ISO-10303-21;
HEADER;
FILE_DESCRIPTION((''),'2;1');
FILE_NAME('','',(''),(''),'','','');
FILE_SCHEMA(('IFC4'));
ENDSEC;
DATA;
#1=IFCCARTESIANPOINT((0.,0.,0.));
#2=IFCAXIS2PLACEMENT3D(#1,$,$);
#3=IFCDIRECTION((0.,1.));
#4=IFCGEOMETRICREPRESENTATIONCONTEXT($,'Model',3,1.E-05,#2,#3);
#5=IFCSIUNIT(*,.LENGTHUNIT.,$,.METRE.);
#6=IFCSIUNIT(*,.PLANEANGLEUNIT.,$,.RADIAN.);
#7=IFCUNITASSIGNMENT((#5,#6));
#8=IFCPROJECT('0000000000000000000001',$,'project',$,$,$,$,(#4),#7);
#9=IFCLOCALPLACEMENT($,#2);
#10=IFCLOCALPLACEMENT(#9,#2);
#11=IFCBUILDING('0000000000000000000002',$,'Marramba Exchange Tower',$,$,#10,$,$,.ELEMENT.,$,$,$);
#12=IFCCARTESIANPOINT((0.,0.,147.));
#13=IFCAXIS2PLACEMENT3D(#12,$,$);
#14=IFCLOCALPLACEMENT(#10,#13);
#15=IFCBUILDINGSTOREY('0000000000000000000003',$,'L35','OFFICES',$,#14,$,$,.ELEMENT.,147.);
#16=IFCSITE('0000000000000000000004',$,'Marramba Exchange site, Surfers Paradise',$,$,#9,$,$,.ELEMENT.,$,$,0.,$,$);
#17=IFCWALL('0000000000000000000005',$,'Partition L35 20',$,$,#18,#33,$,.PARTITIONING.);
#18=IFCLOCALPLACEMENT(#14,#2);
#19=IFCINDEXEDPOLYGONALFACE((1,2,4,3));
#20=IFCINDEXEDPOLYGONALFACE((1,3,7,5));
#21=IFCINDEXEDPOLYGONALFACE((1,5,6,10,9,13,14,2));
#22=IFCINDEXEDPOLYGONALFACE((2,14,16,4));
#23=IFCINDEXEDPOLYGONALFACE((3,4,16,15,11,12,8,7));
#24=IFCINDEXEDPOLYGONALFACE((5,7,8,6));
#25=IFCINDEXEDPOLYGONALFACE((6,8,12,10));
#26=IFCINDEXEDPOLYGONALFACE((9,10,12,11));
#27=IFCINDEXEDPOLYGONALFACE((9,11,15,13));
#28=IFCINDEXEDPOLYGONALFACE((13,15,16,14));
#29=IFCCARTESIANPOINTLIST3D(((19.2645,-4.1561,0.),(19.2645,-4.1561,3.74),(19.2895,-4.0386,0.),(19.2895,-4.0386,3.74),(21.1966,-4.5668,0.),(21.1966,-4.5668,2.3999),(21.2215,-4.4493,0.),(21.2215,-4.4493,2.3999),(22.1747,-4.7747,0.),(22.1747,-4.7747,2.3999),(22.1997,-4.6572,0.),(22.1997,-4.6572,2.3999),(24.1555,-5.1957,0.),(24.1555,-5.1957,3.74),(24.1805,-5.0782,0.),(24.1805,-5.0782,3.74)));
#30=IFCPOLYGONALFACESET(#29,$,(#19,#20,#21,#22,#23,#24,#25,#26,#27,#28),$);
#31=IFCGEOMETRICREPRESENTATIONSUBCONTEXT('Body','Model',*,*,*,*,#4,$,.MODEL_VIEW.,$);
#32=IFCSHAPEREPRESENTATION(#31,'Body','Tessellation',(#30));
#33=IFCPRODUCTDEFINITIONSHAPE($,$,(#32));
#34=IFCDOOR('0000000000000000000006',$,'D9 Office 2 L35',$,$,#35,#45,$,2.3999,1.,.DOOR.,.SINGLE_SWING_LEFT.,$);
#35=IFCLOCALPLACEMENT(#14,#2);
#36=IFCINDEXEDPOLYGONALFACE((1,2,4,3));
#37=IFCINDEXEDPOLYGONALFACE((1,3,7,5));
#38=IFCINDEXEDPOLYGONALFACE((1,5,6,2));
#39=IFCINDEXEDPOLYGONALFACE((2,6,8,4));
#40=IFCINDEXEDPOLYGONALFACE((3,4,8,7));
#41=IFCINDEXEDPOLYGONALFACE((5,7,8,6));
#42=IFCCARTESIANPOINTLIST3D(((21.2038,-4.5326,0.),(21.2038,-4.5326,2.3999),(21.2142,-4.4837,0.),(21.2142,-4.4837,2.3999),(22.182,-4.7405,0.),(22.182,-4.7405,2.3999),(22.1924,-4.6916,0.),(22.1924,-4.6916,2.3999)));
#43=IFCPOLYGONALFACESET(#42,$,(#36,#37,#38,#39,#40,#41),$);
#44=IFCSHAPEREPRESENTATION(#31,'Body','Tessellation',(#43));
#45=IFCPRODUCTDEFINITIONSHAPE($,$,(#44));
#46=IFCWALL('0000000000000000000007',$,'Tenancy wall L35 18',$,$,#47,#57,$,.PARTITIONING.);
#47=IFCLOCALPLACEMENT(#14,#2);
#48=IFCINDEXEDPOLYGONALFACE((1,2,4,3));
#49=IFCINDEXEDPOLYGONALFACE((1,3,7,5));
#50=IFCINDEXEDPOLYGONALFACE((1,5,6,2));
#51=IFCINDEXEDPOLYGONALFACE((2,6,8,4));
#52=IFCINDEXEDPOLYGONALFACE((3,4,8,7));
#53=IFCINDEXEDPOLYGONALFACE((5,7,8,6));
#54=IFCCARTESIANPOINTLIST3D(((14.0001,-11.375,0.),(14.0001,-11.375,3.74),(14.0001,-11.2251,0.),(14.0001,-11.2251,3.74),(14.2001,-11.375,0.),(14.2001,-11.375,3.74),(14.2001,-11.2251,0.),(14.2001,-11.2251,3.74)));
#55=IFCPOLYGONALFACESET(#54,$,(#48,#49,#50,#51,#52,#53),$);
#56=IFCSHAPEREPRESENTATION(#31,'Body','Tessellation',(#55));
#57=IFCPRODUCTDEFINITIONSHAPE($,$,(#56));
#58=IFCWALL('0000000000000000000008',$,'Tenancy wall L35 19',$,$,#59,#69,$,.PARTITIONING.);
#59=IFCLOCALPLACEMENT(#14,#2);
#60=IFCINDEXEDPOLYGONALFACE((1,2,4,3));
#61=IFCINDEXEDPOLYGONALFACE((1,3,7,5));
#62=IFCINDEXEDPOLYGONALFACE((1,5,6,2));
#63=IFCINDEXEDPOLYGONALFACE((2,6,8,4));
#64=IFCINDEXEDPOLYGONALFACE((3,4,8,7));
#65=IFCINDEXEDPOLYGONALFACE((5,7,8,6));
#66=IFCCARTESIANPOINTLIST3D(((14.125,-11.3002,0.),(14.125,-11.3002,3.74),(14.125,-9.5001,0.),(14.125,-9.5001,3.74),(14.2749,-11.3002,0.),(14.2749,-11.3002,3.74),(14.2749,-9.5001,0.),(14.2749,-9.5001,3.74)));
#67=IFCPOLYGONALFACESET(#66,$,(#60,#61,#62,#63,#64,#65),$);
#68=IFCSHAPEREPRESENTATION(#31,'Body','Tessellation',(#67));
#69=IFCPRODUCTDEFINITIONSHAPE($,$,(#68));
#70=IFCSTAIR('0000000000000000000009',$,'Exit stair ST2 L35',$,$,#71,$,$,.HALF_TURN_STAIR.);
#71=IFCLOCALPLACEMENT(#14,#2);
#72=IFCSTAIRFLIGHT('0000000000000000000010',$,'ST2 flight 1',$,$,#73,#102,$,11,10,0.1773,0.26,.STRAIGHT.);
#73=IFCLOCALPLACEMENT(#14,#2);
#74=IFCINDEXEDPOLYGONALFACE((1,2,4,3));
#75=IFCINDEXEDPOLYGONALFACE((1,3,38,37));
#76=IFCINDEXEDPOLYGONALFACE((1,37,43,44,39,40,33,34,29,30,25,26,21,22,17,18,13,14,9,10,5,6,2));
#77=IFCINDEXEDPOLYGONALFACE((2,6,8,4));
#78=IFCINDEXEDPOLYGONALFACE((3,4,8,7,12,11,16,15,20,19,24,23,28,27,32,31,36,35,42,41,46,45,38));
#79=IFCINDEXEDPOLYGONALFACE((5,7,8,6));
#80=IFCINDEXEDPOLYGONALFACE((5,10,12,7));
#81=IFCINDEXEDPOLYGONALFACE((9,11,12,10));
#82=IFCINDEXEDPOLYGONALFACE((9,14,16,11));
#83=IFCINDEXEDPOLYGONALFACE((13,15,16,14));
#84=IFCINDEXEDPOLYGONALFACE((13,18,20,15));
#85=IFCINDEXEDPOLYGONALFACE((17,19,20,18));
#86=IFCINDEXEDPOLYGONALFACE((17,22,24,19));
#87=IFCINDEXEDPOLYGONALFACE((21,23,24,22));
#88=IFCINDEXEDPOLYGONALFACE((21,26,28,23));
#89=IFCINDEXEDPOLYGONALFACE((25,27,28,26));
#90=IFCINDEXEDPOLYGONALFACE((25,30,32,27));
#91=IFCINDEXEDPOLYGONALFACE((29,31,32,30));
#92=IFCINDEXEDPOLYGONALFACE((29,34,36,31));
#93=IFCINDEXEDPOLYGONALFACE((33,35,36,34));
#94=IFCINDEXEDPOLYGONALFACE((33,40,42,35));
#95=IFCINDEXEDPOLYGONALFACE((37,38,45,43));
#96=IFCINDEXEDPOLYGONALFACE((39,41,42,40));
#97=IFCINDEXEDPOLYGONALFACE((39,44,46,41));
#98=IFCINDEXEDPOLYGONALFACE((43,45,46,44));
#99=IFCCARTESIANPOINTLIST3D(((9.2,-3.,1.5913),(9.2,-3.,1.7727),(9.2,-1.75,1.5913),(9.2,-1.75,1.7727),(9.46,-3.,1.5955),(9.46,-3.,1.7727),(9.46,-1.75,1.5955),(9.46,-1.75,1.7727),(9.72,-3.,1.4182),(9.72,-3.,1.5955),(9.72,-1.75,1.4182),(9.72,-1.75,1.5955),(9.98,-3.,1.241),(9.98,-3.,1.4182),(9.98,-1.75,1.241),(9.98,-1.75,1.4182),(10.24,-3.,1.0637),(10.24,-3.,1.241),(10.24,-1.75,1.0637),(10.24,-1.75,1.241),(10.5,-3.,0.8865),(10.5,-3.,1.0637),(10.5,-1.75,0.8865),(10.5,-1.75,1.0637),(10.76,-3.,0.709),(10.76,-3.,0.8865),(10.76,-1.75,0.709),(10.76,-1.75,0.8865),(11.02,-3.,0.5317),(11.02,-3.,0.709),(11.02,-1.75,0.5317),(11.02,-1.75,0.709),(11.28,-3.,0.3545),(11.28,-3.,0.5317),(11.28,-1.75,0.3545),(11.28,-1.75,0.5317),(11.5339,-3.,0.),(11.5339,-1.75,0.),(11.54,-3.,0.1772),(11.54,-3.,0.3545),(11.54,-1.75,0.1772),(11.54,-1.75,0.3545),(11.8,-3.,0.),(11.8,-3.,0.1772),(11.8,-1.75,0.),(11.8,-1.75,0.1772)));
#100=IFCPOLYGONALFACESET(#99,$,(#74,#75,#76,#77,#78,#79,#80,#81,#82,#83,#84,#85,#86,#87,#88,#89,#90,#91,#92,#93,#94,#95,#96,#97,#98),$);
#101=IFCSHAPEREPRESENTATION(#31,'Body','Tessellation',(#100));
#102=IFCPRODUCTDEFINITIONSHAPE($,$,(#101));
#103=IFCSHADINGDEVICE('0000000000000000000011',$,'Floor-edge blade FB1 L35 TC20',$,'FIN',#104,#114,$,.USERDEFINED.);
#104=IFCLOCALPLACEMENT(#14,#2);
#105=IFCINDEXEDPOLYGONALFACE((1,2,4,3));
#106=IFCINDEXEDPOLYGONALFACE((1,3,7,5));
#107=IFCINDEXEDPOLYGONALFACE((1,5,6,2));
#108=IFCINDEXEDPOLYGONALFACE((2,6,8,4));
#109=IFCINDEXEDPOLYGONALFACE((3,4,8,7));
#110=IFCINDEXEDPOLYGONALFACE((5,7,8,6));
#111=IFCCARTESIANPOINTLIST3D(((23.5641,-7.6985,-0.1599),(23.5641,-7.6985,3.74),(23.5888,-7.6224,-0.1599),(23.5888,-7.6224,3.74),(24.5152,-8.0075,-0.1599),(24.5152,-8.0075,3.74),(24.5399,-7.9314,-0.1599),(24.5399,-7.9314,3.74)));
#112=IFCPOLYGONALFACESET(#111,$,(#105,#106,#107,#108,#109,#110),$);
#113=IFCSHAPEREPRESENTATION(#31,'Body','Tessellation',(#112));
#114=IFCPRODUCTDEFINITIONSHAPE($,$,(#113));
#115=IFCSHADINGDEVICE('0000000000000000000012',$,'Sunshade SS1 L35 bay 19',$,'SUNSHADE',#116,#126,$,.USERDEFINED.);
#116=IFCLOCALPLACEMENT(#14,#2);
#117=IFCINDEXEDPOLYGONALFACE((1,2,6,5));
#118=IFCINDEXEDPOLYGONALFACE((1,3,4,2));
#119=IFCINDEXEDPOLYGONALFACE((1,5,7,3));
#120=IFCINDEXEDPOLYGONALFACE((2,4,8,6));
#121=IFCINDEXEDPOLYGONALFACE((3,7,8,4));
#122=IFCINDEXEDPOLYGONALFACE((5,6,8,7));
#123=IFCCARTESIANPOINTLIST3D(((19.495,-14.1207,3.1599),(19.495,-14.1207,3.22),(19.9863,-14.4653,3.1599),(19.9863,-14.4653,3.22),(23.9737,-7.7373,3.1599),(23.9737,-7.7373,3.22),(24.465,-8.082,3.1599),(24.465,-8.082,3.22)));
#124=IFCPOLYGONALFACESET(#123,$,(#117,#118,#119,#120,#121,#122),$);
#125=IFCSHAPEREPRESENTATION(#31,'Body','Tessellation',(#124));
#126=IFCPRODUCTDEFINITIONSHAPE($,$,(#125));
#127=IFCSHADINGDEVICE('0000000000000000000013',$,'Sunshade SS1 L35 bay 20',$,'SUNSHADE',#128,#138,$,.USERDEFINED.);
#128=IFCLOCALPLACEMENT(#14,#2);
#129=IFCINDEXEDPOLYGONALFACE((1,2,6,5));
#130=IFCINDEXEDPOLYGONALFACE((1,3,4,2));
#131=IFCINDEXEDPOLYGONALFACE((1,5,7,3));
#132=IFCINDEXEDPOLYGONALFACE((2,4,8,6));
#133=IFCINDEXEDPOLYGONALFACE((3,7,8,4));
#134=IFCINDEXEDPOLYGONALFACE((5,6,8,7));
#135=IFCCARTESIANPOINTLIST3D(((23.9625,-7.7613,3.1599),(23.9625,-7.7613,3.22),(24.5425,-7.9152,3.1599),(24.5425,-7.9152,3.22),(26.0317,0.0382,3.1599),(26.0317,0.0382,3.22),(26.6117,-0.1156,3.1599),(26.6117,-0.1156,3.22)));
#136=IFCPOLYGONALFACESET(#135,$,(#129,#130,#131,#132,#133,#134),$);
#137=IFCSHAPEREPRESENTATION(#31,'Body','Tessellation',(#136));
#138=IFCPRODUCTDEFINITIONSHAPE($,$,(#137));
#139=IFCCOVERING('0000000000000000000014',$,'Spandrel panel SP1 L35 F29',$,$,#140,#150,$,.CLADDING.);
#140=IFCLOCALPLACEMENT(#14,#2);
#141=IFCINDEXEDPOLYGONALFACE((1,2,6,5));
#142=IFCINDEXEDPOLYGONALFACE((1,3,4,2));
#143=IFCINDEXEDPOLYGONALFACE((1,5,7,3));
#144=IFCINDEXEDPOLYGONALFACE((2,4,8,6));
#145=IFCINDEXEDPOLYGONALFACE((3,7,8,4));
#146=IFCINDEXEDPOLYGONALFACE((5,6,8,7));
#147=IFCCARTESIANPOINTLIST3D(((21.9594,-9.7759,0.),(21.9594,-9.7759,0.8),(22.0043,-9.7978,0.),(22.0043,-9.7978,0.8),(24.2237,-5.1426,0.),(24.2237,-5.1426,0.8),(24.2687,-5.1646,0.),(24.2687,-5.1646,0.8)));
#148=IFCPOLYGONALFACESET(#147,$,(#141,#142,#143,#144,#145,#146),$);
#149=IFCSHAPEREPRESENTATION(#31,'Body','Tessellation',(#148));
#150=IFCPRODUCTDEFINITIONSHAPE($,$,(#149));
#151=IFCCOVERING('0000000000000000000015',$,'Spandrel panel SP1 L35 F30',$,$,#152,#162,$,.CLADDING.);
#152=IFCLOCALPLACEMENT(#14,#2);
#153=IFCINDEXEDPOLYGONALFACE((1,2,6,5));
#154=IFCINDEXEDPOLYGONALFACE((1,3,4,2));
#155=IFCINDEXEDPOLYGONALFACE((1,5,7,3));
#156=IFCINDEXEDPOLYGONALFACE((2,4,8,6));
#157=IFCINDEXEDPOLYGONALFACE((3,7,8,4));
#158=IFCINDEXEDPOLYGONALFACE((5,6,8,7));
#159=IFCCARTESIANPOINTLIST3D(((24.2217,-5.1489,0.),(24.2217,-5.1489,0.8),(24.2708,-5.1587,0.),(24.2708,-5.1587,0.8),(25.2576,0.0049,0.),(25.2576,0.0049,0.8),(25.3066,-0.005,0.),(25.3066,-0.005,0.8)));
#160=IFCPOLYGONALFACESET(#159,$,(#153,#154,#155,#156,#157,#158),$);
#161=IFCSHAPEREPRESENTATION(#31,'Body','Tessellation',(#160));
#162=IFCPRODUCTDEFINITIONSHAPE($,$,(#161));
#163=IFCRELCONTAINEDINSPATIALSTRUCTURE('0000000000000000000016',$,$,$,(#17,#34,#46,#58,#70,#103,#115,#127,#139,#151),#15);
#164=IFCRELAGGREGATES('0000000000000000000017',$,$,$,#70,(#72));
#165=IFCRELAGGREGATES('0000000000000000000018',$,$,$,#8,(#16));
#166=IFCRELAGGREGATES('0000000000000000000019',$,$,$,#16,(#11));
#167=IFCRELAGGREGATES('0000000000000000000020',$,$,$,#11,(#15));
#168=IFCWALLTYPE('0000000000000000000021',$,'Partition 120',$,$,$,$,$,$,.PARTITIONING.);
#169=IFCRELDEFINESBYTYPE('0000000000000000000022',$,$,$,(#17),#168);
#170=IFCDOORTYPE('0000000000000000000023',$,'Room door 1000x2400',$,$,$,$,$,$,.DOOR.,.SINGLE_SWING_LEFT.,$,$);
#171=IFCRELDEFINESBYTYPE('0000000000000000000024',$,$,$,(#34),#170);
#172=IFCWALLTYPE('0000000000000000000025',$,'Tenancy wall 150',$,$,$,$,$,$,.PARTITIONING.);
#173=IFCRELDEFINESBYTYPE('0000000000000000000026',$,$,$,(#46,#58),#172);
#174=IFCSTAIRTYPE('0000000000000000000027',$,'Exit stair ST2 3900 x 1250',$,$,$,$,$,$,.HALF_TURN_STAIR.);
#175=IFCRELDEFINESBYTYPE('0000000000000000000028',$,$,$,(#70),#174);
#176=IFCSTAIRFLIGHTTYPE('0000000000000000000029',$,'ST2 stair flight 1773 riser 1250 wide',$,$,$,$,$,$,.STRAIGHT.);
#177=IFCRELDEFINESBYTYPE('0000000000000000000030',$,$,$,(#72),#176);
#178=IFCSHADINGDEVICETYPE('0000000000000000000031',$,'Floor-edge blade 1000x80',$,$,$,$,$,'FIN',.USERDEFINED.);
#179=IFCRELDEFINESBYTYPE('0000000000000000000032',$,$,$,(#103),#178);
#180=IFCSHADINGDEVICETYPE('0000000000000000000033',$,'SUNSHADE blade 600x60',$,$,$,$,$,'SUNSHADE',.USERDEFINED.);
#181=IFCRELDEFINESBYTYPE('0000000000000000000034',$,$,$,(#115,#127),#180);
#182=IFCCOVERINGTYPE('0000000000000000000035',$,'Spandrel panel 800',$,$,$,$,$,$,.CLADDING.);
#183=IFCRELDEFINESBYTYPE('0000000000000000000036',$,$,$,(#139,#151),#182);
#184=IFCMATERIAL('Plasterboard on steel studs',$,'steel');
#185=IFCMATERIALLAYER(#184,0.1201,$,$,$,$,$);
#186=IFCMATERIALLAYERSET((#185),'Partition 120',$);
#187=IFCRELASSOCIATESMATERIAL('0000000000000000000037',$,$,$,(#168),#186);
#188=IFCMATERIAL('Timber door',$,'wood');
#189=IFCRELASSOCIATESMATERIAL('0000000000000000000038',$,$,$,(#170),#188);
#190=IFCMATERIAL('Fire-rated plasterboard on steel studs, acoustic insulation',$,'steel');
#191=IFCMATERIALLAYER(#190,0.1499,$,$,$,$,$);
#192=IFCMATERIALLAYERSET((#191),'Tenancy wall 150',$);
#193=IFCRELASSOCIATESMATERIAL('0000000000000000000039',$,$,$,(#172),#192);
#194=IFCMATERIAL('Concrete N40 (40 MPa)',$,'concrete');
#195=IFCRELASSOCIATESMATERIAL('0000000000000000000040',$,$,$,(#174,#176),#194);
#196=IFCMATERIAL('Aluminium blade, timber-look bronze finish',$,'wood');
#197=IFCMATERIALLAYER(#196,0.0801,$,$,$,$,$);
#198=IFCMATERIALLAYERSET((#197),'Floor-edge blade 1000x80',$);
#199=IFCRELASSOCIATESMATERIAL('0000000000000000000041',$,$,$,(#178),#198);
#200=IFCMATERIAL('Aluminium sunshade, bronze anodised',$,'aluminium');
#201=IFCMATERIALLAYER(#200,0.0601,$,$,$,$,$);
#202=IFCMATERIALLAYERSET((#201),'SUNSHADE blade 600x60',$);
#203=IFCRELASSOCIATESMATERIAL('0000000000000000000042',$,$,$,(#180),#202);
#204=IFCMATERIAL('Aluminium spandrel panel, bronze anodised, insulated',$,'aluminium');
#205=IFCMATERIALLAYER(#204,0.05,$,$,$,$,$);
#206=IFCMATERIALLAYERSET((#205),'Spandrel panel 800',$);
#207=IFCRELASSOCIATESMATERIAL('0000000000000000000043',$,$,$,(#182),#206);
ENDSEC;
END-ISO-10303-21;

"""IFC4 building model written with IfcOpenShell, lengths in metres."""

from ifc_helpers import new_model, si_unit, direction, frame, frame_2d, origin, origin_2d, place, context, subcontext, project, spatial, polyline, rectangle, outline, extrude, material, layer, layer_set, type_object, element, fill, aggregate, save


model = new_model("IFC4")

# Units and contexts
model_context = context("Model", 3, precision=1e-05, world=origin(), true_north=direction((0.0, 1.0)))
body_context = subcontext(model_context, "Body", "Model", "MODEL_VIEW")
ifc_project = project(units=[si_unit("LENGTHUNIT", "METRE"), si_unit("PLANEANGLEUNIT", "RADIAN")], contexts=[model_context])

# Site, building, storey
site_placement = place(None, origin())
site = spatial("IfcSite", under=ifc_project, at=site_placement, Name="Marramba Exchange site, Surfers Paradise", CompositionType="ELEMENT", RefElevation=0.0)
building_placement = place(site_placement, origin())
building = spatial("IfcBuilding", under=site, at=building_placement, Name="Marramba Exchange Tower", CompositionType="ELEMENT")
storey_placement = place(building_placement, frame((0.0, 0.0, 147.0)))
storey = spatial("IfcBuildingStorey", under=building, at=storey_placement, Name="L35", Description="OFFICES", CompositionType="ELEMENT", Elevation=147.0)

# Wall, opening, door
ifc_material_1 = material(Name="Plasterboard on steel studs", Category="steel")
ifc_layer_1 = layer(ifc_material_1, 0.1201)
ifc_layer_set_1 = layer_set([ifc_layer_1], Name="Partition 120")
wall_type_1 = type_object("IfcWallType", Name="Partition 120", PredefinedType="PARTITIONING", material=ifc_layer_set_1)
wall_1_placement = place(storey_placement, frame((19.2771, -4.0974, 0.0), z_axis=(0.0, 0.0, 1.0), x_axis=(0.978149, -0.207905, 0.0)))
wall_1 = element("IfcWall", 1, at=wall_1_placement, inside=storey, type_object=wall_type_1, Name="Partition L35 20", PredefinedType="PARTITIONING", context=body_context, shape_type="SweptSolid", body=[
    extrude(rectangle(XDim=5.0002, YDim=0.1201, at=frame_2d((2.5, 0.0))), origin(), (0.0, 0.0, 1.0), 3.74),
])
opening_1_placement = place(wall_1_placement, frame((1.9751, 0.0, 0.0)))
opening_1 = element("IfcOpeningElement", 2, at=opening_1_placement, cuts=wall_1, PredefinedType="OPENING", context=body_context, shape_type="SweptSolid", body=[
    extrude(rectangle(XDim=1.0, YDim=2.3999, at=frame_2d((0.5, 1.2))), frame((0.0, 0.0701, 0.0), z_axis=(0.0, -1.0, 0.0), x_axis=(1.0, 0.0, 0.0)), (0.0, 0.0, 1.0), 0.1401),
])
ifc_material_2 = material(Name="Timber door", Category="wood")
door_type_1 = type_object("IfcDoorType", Name="Room door 1000x2400", OperationType="SINGLE_SWING_LEFT", PredefinedType="DOOR", material=ifc_material_2)
door_1_placement = place(opening_1_placement, origin())
door_1 = element("IfcDoor", 3, at=door_1_placement, inside=storey, type_object=door_type_1, Name="D9 Office 2 L35", OperationType="SINGLE_SWING_LEFT", OverallHeight=2.3999, OverallWidth=1.0, PredefinedType="DOOR", context=body_context, shape_type="SweptSolid", body=[
    extrude(rectangle(XDim=1.0, YDim=2.3999, at=frame_2d((0.5, 1.2))), frame((0.0, 0.0249, 0.0), z_axis=(0.0, -1.0, 0.0), x_axis=(1.0, 0.0, 0.0)), (0.0, 0.0, 1.0), 0.05),
])
fill(opening_1, door_1)

# Walls
ifc_material_3 = material(Name="Fire-rated plasterboard on steel studs, acoustic insulation", Category="steel")
ifc_layer_2 = layer(ifc_material_3, 0.1499)
ifc_layer_set_2 = layer_set([ifc_layer_2], Name="Tenancy wall 150")
wall_type_2 = type_object("IfcWallType", Name="Tenancy wall 150", PredefinedType="PARTITIONING", material=ifc_layer_set_2)
wall_2_placement = place(storey_placement, frame((14.0, -11.3, 0.0), z_axis=(0.0, 0.0, 1.0), x_axis=(1.0, 0.0, 0.0)))
element("IfcWall", 4, at=wall_2_placement, inside=storey, type_object=wall_type_2, Name="Tenancy wall L35 18", PredefinedType="PARTITIONING", context=body_context, shape_type="SweptSolid", body=[
    extrude(rectangle(XDim=0.2, YDim=0.1499, at=frame_2d((0.1001, 0.0))), origin(), (0.0, 0.0, 1.0), 3.74),
])
wall_3_placement = place(storey_placement, frame((14.2, -11.3, 0.0), z_axis=(0.0, 0.0, 1.0), x_axis=(0.0, 1.0, 0.0)))
element("IfcWall", 5, at=wall_3_placement, inside=storey, type_object=wall_type_2, Name="Tenancy wall L35 19", PredefinedType="PARTITIONING", context=body_context, shape_type="SweptSolid", body=[
    extrude(rectangle(XDim=1.8, YDim=0.1499, at=frame_2d((0.8999, 0.0))), origin(), (0.0, 0.0, 1.0), 3.74),
])

# Stair, stair flight
ifc_material_4 = material(Name="Concrete N40 (40 MPa)", Category="concrete")
stair_type = type_object("IfcStairType", Name="Exit stair ST2 3900 x 1250", PredefinedType="HALF_TURN_STAIR", material=ifc_material_4)
stair_placement = place(storey_placement, origin())
stair = element("IfcStair", 6, at=stair_placement, inside=storey, type_object=stair_type, Name="Exit stair ST2 L35", PredefinedType="HALF_TURN_STAIR")
stair_flight_type = type_object("IfcStairFlightType", Name="ST2 stair flight 1773 riser 1250 wide", PredefinedType="STRAIGHT", material=ifc_material_4)
stair_flight_placement = place(storey_placement, frame((11.8, -2.375, 0.0), z_axis=(0.0, 0.0, 1.0), x_axis=(-1.0, 0.0, 0.0)))
stair_flight = element("IfcStairFlight", 7, at=stair_flight_placement, type_object=stair_flight_type, Name="ST2 flight 1", NumberOfRisers=11, NumberOfTreads=10, PredefinedType="STRAIGHT", RiserHeight=0.1773, TreadLength=0.26, context=body_context, shape_type="SweptSolid", body=[
    extrude(outline(polyline([(0.0, 0.0), (0.0, 0.1772), (0.26, 0.1772), (0.26, 0.3545), (0.52, 0.3545), (0.52, 0.5317), (0.78, 0.5317), (0.78, 0.709), (1.04, 0.709), (1.04, 0.8865), (1.3, 0.8865), (1.3, 1.0637), (1.5601, 1.0637), (1.5601, 1.241), (1.8201, 1.241), (1.8201, 1.4182), (2.0801, 1.4182), (2.0801, 1.5955), (2.3401, 1.5955), (2.3401, 1.7727), (2.6001, 1.7727), (2.6001, 1.95), (2.6001, 1.5913), (0.2661, 0.0), (0.0, 0.0)])), frame((0.0, 0.625, 0.0), z_axis=(0.0, -1.0, 0.0), x_axis=(1.0, 0.0, 0.0)), (0.0, 0.0, 1.0), 1.25),
])
aggregate(stair, [stair_flight])

# Shading devices
ifc_material_5 = material(Name="Aluminium blade, timber-look bronze finish", Category="wood")
ifc_layer_3 = layer(ifc_material_5, 0.0801)
ifc_layer_set_3 = layer_set([ifc_layer_3], Name="Floor-edge blade 1000x80")
shading_device_type_1 = type_object("IfcShadingDeviceType", Name="Floor-edge blade 1000x80", ElementType="FIN", PredefinedType="USERDEFINED", material=ifc_layer_set_3)
shading_device_1_placement = place(storey_placement, frame((24.052, -7.8149, -0.1599), z_axis=(0.0, 0.0, 1.0), x_axis=(0.951057, -0.309017, 0.0)))
element("IfcShadingDevice", 8, at=shading_device_1_placement, inside=storey, type_object=shading_device_type_1, Name="Floor-edge blade FB1 L35 TC20", ObjectType="FIN", PredefinedType="USERDEFINED", context=body_context, shape_type="SweptSolid", body=[
    extrude(rectangle(XDim=1.0, YDim=0.0801, at=origin_2d()), origin(), (0.0, 0.0, 1.0), 3.8999),
])
ifc_material_6 = material(Name="Aluminium sunshade, bronze anodised", Category="aluminium")
ifc_layer_4 = layer(ifc_material_6, 0.0601)
ifc_layer_set_4 = layer_set([ifc_layer_4], Name="SUNSHADE blade 600x60")
shading_device_type_2 = type_object("IfcShadingDeviceType", Name="SUNSHADE blade 600x60", ElementType="SUNSHADE", PredefinedType="USERDEFINED", material=ifc_layer_set_4)
shading_device_2_placement = place(storey_placement, frame((21.98, -11.1013, 3.1599), z_axis=(0.0, 0.0, 1.0), x_axis=(0.574351, 0.818609, 0.0)))
element("IfcShadingDevice", 9, at=shading_device_2_placement, inside=storey, type_object=shading_device_type_2, Name="Sunshade SS1 L35 bay 19", ObjectType="SUNSHADE", PredefinedType="USERDEFINED", context=body_context, shape_type="SweptSolid", body=[
    extrude(rectangle(XDim=7.7979, YDim=0.6001, at=origin_2d()), origin(), (0.0, 0.0, 1.0), 0.0601),
])
shading_device_3_placement = place(storey_placement, frame((25.2871, -3.9385, 3.1599), z_axis=(0.0, 0.0, 1.0), x_axis=(0.256423, 0.966565, 0.0)))
element("IfcShadingDevice", 10, at=shading_device_3_placement, inside=storey, type_object=shading_device_type_2, Name="Sunshade SS1 L35 bay 20", ObjectType="SUNSHADE", PredefinedType="USERDEFINED", context=body_context, shape_type="SweptSolid", body=[
    extrude(rectangle(XDim=8.0693, YDim=0.6001, at=origin_2d()), origin(), (0.0, 0.0, 1.0), 0.0601),
])

# Coverings
ifc_material_7 = material(Name="Aluminium spandrel panel, bronze anodised, insulated", Category="aluminium")
ifc_layer_5 = layer(ifc_material_7, 0.05)
ifc_layer_set_5 = layer_set([ifc_layer_5], Name="Spandrel panel 800")
covering_type = type_object("IfcCoveringType", Name="Spandrel panel 800", PredefinedType="CLADDING", material=ifc_layer_set_5)
covering_1_placement = place(storey_placement, frame((23.114, -7.4702, 0.0), z_axis=(0.0, 0.0, 1.0), x_axis=(0.439086, 0.898445, 0.0)))
element("IfcCovering", 11, at=covering_1_placement, inside=storey, type_object=covering_type, Name="Spandrel panel SP1 L35 F29", PredefinedType="CLADDING", context=body_context, shape_type="SweptSolid", body=[
    extrude(rectangle(XDim=5.157, YDim=0.05, at=origin_2d()), origin(), (0.0, 0.0, 1.0), 0.8),
])
covering_2_placement = place(storey_placement, frame((24.7642, -2.5769, 0.0), z_axis=(0.0, 0.0, 1.0), x_axis=(0.197049, 0.980394, 0.0)))
element("IfcCovering", 12, at=covering_2_placement, inside=storey, type_object=covering_type, Name="Spandrel panel SP1 L35 F30", PredefinedType="CLADDING", context=body_context, shape_type="SweptSolid", body=[
    extrude(rectangle(XDim=5.2568, YDim=0.05, at=origin_2d()), origin(), (0.0, 0.0, 1.0), 0.8),
])

save(model, "model.ifc")
